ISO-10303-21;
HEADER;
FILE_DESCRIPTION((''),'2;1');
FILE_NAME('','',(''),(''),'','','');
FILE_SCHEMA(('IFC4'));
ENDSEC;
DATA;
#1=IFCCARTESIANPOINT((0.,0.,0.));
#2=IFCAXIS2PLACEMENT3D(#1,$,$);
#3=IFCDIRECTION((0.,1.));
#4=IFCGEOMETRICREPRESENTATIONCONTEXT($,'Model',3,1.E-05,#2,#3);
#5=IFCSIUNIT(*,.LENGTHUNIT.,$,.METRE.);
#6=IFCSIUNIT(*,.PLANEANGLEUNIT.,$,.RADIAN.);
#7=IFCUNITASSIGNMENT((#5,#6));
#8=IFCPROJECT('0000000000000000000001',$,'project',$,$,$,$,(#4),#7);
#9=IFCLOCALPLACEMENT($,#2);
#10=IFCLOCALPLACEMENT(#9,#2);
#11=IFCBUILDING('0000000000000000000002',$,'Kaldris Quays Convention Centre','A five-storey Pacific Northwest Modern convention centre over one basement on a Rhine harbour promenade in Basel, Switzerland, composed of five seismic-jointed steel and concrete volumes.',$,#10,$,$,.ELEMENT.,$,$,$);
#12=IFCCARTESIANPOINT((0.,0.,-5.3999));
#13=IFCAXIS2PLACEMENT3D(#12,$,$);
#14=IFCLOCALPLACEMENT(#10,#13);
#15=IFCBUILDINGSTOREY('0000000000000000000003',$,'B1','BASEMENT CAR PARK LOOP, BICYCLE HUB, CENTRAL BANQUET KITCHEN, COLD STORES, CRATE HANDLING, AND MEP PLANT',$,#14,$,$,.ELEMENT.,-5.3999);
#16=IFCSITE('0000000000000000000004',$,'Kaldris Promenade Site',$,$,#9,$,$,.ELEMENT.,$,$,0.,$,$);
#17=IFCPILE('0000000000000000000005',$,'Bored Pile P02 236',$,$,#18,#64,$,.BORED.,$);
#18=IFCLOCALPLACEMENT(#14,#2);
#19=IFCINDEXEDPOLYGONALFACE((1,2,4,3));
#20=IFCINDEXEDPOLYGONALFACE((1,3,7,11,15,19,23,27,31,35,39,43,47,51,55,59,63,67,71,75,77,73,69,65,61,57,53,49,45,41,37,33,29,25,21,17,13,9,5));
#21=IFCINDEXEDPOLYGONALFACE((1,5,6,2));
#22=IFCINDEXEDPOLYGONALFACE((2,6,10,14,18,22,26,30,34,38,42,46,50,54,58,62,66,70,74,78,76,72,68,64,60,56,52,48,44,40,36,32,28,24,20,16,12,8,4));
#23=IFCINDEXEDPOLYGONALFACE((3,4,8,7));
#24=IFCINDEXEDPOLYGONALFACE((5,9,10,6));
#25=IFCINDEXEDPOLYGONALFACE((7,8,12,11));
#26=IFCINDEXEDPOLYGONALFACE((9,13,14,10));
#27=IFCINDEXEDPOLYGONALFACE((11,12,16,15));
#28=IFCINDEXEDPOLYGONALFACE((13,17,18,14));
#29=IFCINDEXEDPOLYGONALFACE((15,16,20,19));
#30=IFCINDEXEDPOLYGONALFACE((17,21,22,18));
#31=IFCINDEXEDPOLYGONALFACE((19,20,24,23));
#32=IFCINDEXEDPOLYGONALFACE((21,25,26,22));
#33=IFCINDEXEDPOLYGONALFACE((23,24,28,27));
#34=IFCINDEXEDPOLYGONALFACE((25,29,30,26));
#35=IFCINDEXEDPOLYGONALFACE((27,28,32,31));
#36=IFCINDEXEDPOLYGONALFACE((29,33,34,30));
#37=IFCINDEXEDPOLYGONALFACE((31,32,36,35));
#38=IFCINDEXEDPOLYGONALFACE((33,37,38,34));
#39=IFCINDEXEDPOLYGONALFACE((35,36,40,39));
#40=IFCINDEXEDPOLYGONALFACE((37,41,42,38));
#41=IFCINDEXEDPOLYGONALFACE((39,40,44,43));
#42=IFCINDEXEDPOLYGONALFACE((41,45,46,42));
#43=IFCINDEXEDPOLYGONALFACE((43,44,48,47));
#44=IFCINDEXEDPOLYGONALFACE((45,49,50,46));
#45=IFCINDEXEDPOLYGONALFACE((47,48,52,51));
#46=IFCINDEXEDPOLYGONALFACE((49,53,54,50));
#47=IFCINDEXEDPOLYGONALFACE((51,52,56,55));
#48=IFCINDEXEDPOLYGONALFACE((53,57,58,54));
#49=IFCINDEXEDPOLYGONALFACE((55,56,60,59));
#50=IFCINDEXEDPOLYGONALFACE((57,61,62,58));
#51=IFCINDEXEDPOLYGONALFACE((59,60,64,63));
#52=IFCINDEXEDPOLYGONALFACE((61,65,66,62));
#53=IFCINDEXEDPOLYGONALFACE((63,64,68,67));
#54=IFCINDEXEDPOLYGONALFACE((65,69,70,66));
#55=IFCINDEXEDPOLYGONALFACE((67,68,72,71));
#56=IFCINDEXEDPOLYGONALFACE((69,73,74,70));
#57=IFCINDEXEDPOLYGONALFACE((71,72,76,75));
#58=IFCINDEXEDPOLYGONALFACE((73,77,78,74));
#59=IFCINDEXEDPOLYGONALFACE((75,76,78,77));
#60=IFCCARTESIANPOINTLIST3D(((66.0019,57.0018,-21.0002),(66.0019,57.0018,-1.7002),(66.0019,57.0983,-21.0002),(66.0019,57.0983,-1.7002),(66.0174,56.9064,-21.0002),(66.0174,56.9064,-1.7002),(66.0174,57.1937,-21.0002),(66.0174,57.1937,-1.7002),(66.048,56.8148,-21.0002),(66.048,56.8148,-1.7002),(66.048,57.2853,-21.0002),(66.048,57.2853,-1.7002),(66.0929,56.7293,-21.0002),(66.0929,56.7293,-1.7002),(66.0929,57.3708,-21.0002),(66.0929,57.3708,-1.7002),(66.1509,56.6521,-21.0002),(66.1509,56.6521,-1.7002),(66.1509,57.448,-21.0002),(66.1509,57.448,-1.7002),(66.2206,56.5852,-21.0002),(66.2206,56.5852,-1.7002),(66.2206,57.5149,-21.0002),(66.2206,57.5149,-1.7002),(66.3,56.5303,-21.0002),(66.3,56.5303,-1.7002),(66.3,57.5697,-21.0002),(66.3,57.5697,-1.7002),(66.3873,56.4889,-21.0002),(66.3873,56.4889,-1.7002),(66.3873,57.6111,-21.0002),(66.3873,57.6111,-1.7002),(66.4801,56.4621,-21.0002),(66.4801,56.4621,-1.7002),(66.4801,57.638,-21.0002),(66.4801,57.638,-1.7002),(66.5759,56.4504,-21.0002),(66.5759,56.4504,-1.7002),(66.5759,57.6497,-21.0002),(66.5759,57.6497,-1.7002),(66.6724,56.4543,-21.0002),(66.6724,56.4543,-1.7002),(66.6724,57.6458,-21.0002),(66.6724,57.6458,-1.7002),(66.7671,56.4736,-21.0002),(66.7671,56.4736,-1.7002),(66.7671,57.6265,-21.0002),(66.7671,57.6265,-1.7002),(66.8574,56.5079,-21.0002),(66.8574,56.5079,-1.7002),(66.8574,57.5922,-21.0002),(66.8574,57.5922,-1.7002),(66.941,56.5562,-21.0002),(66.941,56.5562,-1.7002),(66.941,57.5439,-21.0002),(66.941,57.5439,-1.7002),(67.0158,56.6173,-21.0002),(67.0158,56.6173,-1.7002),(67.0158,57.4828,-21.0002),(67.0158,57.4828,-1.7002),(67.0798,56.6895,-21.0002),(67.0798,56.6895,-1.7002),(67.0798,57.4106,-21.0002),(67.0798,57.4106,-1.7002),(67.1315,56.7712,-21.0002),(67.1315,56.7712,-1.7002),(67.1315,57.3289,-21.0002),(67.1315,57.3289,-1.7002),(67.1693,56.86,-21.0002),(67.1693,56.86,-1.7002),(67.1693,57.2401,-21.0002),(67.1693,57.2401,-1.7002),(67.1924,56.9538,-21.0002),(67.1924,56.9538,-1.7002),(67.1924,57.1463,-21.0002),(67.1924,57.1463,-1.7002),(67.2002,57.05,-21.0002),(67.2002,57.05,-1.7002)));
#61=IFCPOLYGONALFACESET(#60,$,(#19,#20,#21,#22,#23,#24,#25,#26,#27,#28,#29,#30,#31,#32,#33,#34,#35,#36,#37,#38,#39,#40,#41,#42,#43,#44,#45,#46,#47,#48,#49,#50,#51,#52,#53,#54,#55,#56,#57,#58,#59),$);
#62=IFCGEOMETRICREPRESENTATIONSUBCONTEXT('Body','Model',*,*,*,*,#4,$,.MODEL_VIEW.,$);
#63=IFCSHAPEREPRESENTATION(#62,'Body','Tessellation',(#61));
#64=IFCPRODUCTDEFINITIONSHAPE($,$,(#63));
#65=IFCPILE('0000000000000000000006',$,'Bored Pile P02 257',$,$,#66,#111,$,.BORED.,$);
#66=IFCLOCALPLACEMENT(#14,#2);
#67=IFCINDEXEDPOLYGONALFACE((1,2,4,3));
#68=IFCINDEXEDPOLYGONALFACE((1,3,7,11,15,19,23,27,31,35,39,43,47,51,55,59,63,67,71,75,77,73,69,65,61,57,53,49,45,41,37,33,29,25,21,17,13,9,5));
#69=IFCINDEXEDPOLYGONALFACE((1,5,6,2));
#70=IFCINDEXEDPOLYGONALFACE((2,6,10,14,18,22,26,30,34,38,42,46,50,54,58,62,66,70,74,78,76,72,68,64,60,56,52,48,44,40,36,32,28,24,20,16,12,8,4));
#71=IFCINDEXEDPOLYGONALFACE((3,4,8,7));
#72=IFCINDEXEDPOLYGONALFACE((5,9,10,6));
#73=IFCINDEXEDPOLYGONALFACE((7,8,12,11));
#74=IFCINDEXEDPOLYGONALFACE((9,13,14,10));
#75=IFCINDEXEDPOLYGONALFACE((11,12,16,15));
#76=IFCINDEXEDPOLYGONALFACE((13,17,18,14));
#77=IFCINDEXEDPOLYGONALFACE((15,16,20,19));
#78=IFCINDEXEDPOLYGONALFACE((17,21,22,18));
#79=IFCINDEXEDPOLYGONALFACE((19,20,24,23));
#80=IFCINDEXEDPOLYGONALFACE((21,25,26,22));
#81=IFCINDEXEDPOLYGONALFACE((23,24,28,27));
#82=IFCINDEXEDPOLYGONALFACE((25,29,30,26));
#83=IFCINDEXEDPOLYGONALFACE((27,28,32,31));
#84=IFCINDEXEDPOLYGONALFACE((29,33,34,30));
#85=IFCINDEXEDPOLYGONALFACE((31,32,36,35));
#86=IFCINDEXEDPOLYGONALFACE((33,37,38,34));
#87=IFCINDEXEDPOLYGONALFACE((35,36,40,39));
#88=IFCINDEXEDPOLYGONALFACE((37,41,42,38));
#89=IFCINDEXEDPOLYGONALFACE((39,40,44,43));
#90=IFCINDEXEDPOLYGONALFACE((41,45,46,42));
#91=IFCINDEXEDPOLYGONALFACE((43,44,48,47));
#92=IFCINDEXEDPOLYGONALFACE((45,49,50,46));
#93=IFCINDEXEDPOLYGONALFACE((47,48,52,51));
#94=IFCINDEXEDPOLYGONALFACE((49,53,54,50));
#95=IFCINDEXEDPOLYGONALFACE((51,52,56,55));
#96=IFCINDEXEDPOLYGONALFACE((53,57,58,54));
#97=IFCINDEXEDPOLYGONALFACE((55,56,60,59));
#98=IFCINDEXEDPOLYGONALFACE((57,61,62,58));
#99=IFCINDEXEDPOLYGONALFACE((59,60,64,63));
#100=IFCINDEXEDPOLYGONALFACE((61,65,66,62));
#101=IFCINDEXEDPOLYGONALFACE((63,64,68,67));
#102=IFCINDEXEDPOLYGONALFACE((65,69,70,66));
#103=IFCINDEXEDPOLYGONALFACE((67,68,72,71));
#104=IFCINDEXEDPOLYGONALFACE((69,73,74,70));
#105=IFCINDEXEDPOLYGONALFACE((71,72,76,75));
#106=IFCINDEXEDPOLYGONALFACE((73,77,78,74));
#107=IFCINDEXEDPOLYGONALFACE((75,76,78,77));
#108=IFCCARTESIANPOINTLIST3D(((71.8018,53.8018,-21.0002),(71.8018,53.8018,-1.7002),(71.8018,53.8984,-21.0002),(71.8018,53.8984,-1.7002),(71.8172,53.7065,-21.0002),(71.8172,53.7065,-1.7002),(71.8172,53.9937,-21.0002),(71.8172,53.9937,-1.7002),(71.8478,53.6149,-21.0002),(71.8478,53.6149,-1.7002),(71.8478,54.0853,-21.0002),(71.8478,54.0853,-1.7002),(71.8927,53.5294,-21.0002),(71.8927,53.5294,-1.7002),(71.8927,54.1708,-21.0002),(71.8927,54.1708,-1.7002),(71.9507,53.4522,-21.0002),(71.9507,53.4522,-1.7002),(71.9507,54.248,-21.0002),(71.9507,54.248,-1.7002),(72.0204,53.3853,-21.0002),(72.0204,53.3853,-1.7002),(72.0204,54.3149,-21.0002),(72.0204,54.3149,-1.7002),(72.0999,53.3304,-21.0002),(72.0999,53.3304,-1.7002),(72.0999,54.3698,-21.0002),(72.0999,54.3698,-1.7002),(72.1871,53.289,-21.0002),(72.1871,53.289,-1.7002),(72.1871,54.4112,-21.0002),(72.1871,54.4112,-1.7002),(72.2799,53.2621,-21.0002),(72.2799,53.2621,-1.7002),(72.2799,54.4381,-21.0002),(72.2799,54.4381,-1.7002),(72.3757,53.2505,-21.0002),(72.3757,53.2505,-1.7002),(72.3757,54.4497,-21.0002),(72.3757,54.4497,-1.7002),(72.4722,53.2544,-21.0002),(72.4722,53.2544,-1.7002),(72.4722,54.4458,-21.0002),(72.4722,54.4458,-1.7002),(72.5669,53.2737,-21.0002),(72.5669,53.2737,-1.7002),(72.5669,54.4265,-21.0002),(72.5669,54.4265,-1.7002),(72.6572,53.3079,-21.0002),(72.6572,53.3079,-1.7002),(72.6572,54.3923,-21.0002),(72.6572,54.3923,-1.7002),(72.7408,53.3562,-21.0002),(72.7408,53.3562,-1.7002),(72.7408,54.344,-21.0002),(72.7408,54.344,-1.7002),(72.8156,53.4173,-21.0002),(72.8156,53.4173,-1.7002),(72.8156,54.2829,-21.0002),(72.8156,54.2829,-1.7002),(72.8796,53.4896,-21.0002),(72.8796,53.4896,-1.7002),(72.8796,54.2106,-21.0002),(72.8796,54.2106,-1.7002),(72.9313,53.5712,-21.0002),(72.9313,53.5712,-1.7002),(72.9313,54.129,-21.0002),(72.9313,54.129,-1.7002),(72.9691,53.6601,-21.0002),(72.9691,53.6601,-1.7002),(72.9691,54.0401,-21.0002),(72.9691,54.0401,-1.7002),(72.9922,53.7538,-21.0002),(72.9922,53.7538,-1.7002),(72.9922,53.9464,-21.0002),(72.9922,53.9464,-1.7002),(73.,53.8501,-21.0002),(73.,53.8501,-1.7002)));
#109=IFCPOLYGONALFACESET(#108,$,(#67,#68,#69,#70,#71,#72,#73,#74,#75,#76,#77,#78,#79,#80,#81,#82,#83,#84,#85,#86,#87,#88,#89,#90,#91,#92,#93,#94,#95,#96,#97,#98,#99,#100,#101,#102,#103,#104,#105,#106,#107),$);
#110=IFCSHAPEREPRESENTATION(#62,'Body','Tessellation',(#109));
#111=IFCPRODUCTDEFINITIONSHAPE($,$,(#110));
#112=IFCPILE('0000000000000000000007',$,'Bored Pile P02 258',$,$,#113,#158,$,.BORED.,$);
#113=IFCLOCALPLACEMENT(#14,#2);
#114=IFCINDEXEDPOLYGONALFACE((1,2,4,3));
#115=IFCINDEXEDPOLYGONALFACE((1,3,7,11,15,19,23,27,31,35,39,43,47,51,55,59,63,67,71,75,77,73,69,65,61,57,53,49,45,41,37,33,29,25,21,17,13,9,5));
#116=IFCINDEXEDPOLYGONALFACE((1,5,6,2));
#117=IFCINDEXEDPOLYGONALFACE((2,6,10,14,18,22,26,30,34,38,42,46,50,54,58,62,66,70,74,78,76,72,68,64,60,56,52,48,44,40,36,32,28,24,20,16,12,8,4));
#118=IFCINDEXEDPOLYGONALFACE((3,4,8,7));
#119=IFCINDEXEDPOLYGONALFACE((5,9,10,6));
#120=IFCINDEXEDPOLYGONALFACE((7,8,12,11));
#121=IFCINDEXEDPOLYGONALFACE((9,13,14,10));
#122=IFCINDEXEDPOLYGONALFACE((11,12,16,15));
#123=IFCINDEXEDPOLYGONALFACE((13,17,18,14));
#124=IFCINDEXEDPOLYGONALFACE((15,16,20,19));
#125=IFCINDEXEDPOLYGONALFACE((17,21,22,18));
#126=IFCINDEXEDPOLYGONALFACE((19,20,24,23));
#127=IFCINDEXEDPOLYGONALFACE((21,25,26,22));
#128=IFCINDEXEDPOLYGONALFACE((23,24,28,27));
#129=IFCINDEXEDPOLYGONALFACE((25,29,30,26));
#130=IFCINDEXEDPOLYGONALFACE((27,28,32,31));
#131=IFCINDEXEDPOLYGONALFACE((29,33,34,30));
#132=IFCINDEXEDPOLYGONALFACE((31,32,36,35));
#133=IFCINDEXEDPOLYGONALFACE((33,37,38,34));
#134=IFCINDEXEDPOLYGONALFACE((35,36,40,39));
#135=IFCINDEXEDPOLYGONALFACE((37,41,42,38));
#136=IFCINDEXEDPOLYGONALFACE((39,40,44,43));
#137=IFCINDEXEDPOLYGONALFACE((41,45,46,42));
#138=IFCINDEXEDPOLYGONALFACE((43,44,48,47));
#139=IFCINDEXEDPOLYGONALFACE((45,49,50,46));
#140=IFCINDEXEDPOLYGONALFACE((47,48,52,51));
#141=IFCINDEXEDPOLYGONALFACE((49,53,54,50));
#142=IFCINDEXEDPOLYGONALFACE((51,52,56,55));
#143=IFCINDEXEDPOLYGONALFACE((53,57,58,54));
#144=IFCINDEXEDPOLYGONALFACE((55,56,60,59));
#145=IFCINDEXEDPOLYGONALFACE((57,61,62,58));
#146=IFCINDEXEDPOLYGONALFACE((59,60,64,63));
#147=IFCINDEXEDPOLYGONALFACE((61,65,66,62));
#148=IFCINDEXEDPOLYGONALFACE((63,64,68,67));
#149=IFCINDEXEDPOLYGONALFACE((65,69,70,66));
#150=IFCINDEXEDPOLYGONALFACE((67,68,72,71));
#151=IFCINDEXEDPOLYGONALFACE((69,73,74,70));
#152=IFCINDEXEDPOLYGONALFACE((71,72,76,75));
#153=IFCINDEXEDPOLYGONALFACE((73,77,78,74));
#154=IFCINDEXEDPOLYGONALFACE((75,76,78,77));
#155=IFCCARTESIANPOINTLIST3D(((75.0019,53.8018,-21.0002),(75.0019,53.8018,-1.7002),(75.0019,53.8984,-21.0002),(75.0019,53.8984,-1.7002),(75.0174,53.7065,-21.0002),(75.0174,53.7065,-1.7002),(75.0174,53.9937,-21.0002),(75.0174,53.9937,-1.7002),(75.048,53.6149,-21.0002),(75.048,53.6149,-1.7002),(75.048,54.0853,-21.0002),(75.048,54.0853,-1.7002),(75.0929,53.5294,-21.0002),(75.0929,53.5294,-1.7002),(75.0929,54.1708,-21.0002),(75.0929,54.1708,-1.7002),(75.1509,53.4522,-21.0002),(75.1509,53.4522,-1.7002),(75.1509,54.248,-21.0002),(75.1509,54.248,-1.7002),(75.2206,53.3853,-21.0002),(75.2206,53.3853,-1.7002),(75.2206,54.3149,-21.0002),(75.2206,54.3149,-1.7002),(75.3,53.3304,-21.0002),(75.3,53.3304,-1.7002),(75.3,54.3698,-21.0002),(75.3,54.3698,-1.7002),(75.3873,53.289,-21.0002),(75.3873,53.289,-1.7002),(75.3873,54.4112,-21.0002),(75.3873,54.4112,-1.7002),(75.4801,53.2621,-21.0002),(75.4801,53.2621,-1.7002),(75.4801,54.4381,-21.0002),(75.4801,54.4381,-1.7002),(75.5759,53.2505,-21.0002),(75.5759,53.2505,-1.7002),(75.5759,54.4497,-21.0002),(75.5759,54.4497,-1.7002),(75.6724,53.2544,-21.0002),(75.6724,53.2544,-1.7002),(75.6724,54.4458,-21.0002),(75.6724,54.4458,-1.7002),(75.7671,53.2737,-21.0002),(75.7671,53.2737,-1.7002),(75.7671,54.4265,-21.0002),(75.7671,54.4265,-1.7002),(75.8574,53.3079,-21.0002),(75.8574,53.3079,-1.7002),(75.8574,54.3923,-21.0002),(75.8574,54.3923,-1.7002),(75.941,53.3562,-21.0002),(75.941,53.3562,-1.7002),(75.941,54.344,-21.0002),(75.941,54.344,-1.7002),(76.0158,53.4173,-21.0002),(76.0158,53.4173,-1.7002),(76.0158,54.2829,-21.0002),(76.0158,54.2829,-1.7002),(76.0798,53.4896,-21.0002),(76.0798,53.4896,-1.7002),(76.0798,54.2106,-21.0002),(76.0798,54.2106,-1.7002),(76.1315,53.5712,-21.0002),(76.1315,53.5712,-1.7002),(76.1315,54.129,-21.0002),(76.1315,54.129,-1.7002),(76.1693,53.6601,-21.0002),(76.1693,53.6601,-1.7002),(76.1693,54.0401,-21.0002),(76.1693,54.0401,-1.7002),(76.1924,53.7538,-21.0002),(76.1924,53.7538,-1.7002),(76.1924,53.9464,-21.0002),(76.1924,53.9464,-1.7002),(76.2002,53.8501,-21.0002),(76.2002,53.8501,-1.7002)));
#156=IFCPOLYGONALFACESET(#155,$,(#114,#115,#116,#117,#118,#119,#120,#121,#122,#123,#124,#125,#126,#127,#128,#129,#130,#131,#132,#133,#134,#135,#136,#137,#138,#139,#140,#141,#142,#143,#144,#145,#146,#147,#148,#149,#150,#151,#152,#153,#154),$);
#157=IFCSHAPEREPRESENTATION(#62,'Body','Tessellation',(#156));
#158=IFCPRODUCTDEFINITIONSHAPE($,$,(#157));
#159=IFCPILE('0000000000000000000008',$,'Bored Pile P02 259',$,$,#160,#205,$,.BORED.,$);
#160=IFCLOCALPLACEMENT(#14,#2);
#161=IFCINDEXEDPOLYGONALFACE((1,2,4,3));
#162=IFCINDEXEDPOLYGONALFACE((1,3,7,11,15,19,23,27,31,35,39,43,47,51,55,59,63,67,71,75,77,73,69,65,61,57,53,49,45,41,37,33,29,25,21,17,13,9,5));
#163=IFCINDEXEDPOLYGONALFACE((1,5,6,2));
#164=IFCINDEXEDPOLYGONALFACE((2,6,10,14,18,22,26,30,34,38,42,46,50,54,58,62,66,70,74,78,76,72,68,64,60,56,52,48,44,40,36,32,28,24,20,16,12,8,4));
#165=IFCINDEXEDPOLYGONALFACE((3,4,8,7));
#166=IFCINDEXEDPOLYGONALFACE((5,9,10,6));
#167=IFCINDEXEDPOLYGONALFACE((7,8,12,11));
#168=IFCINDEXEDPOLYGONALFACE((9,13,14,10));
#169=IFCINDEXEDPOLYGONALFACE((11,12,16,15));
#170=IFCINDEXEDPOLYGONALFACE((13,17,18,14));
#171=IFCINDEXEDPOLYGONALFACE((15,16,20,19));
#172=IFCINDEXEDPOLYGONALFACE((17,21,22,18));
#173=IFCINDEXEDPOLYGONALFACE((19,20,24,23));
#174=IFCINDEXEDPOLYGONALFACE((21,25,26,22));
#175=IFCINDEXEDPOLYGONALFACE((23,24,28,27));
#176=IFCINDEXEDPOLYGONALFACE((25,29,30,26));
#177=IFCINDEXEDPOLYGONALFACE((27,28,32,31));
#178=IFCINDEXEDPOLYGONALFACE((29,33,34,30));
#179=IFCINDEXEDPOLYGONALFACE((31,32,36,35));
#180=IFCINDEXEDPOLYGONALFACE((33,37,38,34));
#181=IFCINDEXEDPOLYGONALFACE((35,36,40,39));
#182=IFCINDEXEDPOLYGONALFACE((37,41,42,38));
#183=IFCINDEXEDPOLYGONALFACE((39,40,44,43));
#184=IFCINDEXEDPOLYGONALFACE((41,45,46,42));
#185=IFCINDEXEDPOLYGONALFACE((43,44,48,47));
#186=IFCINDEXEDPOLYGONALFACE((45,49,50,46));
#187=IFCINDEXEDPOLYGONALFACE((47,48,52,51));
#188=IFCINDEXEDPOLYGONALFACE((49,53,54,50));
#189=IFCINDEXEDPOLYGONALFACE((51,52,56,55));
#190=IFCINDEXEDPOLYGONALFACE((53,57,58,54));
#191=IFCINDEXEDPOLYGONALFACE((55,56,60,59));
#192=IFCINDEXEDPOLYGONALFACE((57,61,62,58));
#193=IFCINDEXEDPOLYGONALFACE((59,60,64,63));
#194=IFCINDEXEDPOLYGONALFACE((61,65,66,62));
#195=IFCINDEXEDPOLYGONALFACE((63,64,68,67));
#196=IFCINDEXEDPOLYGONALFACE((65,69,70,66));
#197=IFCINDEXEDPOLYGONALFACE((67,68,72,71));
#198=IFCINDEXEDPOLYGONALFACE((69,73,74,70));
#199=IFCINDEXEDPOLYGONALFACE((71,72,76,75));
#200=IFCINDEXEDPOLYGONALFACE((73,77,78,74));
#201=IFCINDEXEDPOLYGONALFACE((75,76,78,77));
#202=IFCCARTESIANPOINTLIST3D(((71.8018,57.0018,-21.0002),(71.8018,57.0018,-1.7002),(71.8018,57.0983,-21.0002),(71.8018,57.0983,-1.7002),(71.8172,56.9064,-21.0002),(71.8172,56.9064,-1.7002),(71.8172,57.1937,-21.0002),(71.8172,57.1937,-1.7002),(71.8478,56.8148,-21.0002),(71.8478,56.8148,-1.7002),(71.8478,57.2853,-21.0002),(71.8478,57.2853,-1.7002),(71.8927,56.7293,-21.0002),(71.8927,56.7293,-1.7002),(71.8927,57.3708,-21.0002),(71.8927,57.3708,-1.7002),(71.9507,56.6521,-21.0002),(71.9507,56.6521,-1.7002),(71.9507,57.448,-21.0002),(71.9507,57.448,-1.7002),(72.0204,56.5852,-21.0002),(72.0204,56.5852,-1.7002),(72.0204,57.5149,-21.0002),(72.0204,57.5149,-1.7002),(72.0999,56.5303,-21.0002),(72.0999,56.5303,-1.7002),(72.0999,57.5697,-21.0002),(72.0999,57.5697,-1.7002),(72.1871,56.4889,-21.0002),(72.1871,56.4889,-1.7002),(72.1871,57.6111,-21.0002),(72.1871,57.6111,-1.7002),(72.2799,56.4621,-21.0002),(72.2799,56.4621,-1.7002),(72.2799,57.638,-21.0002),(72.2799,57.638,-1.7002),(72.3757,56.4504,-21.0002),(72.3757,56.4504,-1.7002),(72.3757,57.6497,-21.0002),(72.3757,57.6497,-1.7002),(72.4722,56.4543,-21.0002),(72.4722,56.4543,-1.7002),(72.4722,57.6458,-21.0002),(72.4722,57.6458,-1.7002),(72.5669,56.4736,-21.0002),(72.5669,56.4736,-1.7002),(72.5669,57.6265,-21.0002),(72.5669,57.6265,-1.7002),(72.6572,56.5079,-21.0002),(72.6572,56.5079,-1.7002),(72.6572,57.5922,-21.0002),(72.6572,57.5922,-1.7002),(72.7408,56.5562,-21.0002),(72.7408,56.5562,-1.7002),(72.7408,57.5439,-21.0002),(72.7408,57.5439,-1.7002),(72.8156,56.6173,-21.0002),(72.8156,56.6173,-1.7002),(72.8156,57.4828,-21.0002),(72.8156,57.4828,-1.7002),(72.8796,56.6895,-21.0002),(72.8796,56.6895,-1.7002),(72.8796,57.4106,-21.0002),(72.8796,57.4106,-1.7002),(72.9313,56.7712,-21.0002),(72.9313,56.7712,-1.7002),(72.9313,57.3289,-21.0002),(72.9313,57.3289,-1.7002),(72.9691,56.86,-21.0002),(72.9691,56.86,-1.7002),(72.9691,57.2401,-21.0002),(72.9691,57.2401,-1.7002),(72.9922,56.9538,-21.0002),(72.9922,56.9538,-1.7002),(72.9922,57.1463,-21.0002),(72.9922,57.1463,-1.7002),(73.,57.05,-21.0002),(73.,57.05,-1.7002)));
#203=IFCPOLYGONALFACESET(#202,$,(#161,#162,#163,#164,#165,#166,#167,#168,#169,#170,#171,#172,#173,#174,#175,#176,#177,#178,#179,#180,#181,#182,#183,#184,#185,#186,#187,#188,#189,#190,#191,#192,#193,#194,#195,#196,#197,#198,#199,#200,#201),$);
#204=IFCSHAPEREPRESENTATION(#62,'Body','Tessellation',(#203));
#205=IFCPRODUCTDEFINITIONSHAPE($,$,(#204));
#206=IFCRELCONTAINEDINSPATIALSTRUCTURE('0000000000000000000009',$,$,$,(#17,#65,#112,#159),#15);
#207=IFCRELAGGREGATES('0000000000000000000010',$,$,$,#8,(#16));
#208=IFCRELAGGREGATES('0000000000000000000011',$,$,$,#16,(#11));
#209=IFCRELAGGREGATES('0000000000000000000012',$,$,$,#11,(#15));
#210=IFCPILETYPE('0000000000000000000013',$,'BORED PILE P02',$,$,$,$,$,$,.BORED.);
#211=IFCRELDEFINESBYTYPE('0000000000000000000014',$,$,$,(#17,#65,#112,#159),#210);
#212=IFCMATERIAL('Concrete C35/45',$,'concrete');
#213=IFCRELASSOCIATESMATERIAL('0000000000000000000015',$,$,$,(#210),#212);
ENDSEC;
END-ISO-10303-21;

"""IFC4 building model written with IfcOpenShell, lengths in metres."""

from ifc_helpers import new_model, si_unit, direction, frame, origin, origin_2d, place, context, subcontext, project, spatial, circle, extrude, material, material_profile, profile_set, type_object, element, save


model = new_model("IFC4")

# Units and contexts
model_context = context("Model", 3, precision=1e-05, world=origin(), true_north=direction((0.0, 1.0)))
body_context = subcontext(model_context, "Body", "Model", "MODEL_VIEW")
ifc_project = project(units=[si_unit("LENGTHUNIT", "METRE"), si_unit("PLANEANGLEUNIT", "RADIAN")], contexts=[model_context])

# Site, building, storey
site_placement = place(None, origin())
site = spatial("IfcSite", under=ifc_project, at=site_placement, Name="Kaldris Promenade Site", CompositionType="ELEMENT", RefElevation=0.0)
building_placement = place(site_placement, origin())
building = spatial("IfcBuilding", under=site, at=building_placement, Name="Kaldris Quays Convention Centre", Description="A five-storey Pacific Northwest Modern convention centre over one basement on a Rhine harbour promenade in Basel, Switzerland, composed of five seismic-jointed steel and concrete volumes.", CompositionType="ELEMENT")
storey_placement = place(building_placement, frame((0.0, 0.0, -5.3999)))
storey = spatial("IfcBuildingStorey", under=building, at=storey_placement, Name="B1", Description="BASEMENT CAR PARK LOOP, BICYCLE HUB, CENTRAL BANQUET KITCHEN, COLD STORES, CRATE HANDLING, AND MEP PLANT", CompositionType="ELEMENT", Elevation=-5.3999)

# Piles
ifc_material_1 = material(Name="Concrete C35/45", Category="concrete")
ifc_material_profile_1 = material_profile(ifc_material_1, circle(Radius=0.6001, at=origin_2d()), Name="BORED PILE D1200")
ifc_profile_set_1 = profile_set([ifc_material_profile_1], Name="Concrete C35/45")
pile_type_1 = type_object("IfcPileType", Name="BORED PILE P02", PredefinedType="BORED", material=ifc_profile_set_1)
for number, where, z_axis, x_axis, name in (
    (1, (66.6001, 57.05, -1.7002), (0.0, 0.0, -1.0), (1.0, 0.0, 0.0), "Bored Pile P02 236"),
    (2, (72.3999, 53.8501, -1.7002), (0.0, 0.0, -1.0), (1.0, 0.0, 0.0), "Bored Pile P02 257"),
    (3, (75.6001, 53.8501, -1.7002), (0.0, 0.0, -1.0), (1.0, 0.0, 0.0), "Bored Pile P02 258"),
    (4, (72.3999, 57.05, -1.7002), (0.0, 0.0, -1.0), (1.0, 0.0, 0.0), "Bored Pile P02 259"),
):
    element("IfcPile", number, at=place(storey_placement, frame(where, z_axis=z_axis, x_axis=x_axis)), inside=storey, type_object=pile_type_1, Name=name, PredefinedType="BORED", context=body_context, shape_type="SweptSolid", body=[
        extrude(circle(Radius=0.6001, at=origin_2d()), origin(), (0.0, 0.0, 1.0), 19.3),
    ])

save(model, "model.ifc")
